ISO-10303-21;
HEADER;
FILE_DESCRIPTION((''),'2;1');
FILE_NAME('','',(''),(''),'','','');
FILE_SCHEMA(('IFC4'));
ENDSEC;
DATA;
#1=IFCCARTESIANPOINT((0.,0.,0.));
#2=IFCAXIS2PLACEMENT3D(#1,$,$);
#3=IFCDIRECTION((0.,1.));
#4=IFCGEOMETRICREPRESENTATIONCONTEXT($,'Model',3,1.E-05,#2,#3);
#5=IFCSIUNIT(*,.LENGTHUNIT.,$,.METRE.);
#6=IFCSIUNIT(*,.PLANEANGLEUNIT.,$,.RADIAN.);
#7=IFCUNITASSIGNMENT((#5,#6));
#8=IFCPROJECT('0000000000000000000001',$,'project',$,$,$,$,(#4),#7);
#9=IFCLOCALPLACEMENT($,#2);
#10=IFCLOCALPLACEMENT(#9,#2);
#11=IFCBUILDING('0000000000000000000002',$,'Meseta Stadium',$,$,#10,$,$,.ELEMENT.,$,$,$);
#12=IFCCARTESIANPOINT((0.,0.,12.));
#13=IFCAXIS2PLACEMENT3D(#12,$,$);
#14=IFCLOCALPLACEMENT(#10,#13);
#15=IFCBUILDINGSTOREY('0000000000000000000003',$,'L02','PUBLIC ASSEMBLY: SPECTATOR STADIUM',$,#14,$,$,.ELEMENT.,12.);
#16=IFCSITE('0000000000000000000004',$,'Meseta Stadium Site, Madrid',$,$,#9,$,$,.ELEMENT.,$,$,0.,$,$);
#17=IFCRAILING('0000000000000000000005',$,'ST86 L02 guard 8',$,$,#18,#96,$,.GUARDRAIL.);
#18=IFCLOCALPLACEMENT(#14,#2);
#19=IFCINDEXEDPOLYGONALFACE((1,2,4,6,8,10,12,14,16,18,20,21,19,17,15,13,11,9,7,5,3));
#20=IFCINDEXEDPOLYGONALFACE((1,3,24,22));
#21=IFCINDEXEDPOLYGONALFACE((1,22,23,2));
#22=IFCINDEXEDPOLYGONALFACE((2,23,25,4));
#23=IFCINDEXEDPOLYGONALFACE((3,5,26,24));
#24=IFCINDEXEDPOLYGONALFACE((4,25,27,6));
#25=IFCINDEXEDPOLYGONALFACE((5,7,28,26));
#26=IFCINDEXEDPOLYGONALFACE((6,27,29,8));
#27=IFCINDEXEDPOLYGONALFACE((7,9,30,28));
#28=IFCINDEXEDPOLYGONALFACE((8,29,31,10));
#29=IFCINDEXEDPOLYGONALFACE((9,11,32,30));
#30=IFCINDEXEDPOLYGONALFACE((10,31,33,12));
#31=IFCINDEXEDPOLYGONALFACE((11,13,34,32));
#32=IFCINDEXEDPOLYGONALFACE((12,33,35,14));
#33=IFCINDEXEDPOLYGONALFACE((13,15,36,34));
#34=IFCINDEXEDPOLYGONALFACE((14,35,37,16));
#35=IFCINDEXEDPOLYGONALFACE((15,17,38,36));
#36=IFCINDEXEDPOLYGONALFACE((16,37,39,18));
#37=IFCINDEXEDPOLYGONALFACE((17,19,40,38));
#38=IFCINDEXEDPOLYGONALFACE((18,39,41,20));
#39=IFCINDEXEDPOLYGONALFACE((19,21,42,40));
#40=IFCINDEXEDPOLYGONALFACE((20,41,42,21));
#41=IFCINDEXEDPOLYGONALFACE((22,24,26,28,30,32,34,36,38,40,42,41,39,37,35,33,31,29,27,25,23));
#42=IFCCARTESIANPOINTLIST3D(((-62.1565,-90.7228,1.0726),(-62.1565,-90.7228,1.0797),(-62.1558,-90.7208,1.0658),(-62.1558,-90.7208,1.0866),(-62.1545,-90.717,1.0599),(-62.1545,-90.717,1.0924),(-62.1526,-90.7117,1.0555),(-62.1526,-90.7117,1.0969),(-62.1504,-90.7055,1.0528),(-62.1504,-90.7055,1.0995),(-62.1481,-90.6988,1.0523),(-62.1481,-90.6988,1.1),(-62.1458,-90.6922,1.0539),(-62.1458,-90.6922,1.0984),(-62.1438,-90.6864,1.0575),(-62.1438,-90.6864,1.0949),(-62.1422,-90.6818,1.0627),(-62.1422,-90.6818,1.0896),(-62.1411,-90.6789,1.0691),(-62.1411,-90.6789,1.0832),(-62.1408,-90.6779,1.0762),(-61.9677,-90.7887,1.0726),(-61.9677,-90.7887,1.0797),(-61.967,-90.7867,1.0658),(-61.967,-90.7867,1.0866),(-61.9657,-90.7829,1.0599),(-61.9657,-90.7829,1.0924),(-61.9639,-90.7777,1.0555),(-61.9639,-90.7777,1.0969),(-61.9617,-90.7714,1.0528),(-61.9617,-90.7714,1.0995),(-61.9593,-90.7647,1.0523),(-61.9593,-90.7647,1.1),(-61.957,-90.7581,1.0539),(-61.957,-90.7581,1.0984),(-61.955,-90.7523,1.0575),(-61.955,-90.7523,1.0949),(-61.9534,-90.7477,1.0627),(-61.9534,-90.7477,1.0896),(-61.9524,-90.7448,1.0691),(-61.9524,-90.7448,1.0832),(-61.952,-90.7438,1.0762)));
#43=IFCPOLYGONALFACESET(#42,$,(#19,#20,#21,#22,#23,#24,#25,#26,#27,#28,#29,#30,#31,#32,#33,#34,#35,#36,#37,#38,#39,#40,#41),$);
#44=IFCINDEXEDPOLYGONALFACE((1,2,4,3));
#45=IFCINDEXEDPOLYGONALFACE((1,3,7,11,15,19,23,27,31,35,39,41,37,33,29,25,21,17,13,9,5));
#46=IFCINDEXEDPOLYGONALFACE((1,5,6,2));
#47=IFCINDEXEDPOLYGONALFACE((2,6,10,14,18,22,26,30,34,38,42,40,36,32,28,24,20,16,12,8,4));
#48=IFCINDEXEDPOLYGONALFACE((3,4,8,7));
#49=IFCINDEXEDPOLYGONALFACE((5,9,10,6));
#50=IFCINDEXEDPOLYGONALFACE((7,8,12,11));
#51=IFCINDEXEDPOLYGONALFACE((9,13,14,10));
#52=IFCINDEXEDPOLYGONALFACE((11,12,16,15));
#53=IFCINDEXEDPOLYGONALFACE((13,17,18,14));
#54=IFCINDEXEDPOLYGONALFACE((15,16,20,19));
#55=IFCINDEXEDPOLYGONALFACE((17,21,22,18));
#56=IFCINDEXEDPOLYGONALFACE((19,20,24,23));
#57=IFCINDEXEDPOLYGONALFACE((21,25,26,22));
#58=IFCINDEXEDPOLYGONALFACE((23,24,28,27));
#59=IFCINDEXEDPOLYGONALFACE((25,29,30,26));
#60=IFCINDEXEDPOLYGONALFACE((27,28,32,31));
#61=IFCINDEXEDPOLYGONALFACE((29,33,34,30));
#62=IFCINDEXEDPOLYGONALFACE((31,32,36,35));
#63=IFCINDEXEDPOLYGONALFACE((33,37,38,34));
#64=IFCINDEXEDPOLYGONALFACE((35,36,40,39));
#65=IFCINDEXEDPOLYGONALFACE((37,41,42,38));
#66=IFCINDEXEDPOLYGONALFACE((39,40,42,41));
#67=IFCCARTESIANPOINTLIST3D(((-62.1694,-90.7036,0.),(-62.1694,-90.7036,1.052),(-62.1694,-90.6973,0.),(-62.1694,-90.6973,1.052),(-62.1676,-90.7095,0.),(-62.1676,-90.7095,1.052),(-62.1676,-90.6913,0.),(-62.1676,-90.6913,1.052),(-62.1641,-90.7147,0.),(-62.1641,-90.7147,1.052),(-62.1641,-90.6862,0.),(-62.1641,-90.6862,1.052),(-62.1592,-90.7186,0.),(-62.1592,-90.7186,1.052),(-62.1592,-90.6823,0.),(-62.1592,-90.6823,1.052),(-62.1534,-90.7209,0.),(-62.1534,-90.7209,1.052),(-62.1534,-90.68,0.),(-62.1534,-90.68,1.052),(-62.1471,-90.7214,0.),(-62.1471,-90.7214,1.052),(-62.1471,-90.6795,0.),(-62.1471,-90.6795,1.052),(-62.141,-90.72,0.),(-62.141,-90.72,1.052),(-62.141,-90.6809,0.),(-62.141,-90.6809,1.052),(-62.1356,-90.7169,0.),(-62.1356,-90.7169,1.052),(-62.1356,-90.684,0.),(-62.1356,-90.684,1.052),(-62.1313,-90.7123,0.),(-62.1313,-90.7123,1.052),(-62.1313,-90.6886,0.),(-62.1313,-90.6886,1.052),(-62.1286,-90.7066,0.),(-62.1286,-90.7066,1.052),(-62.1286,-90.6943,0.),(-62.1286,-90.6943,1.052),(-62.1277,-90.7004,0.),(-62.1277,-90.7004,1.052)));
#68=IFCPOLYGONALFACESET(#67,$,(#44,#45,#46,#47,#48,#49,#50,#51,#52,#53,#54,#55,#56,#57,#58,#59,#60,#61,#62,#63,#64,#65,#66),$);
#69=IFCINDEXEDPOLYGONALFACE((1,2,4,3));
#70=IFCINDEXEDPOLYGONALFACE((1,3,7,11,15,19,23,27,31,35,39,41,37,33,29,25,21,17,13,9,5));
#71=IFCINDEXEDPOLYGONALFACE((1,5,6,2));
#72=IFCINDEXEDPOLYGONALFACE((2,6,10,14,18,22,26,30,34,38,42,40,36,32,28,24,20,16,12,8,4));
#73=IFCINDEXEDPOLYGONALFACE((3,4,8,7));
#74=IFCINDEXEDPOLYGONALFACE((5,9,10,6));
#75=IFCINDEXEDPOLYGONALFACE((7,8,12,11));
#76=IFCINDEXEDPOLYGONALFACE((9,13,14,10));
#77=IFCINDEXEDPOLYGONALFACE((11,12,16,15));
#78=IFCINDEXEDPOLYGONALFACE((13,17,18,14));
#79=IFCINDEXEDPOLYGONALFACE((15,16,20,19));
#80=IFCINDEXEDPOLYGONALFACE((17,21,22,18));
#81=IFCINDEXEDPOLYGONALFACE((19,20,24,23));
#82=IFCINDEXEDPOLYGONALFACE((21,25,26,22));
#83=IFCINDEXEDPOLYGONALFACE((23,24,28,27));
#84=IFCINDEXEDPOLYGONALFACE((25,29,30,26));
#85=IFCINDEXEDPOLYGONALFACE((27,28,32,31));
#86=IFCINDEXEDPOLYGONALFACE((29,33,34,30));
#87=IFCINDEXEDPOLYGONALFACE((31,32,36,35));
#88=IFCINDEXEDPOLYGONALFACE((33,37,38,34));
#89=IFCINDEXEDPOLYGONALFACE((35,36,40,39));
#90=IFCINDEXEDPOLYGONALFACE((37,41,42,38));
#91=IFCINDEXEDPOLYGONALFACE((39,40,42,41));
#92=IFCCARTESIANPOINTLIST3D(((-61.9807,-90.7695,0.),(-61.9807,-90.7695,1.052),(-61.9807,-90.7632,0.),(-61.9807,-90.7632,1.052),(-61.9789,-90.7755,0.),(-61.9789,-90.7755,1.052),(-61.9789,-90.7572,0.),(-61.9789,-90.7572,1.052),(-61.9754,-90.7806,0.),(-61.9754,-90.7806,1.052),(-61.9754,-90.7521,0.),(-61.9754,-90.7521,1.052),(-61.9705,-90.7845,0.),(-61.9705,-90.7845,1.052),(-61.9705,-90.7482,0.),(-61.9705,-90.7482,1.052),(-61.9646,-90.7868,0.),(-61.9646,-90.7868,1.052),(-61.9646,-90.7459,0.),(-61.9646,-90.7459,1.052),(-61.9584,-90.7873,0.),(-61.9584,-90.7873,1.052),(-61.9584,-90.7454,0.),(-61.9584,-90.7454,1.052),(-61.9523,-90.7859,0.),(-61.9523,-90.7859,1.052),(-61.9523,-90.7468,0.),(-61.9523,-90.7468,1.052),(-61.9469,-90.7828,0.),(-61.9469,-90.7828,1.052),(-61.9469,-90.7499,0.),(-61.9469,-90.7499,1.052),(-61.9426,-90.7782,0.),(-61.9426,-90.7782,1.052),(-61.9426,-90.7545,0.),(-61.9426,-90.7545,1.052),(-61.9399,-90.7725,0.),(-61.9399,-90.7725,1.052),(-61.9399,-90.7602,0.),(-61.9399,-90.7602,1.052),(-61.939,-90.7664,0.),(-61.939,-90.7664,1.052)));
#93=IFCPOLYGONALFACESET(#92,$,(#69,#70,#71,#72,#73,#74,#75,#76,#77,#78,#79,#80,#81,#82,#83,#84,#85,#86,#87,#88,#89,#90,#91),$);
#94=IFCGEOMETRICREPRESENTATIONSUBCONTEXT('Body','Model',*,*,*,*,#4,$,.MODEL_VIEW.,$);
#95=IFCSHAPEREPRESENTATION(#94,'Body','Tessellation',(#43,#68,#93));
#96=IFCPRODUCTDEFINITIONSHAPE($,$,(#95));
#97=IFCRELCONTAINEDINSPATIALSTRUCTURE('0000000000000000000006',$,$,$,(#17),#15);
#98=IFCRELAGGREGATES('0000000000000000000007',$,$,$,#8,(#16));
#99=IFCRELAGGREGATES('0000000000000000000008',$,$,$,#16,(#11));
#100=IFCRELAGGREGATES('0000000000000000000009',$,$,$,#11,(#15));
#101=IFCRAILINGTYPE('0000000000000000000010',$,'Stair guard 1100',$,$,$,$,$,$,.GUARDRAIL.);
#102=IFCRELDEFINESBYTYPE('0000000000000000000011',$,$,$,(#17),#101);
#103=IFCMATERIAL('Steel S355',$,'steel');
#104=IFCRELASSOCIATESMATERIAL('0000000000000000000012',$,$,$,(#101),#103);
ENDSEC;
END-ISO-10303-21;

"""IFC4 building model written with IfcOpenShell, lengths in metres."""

from ifc_helpers import new_model, si_unit, direction, frame, origin, origin_2d, place, context, subcontext, project, spatial, circle, extrude, material, type_object, element, save


model = new_model("IFC4")

# Units and contexts
model_context = context("Model", 3, precision=1e-05, world=origin(), true_north=direction((0.0, 1.0)))
body_context = subcontext(model_context, "Body", "Model", "MODEL_VIEW")
ifc_project = project(units=[si_unit("LENGTHUNIT", "METRE"), si_unit("PLANEANGLEUNIT", "RADIAN")], contexts=[model_context])

# Site, building, storey
site_placement = place(None, origin())
site = spatial("IfcSite", under=ifc_project, at=site_placement, Name="Meseta Stadium Site, Madrid", CompositionType="ELEMENT", RefElevation=0.0)
building_placement = place(site_placement, origin())
building = spatial("IfcBuilding", under=site, at=building_placement, Name="Meseta Stadium", CompositionType="ELEMENT")
storey_placement = place(building_placement, frame((0.0, 0.0, 12.0)))
storey = spatial("IfcBuildingStorey", under=building, at=storey_placement, Name="L02", Description="PUBLIC ASSEMBLY: SPECTATOR STADIUM", CompositionType="ELEMENT", Elevation=12.0)

# Railing
ifc_material_1 = material(Name="Steel S355", Category="steel")
railing_type_1 = type_object("IfcRailingType", Name="Stair guard 1100", PredefinedType="GUARDRAIL", material=ifc_material_1)
railing_1_placement = place(storey_placement, frame((-62.1487, -90.7004, 0.0)))
element("IfcRailing", 1, at=railing_1_placement, inside=storey, type_object=railing_type_1, Name="ST86 L02 guard 8", PredefinedType="GUARDRAIL", context=body_context, shape_type="SweptSolid", body=[
    extrude(circle(Radius=0.0239, at=origin_2d()), frame((0.0, 0.0, 1.0762), z_axis=(0.944068, -0.329752, 0.0), x_axis=(0.329752, 0.944068, 0.0)), (0.0, 0.0, 1.0), 0.2),
    extrude(circle(Radius=0.021, at=origin_2d()), origin(), (0.0, 0.0, 1.0), 1.052),
    extrude(circle(Radius=0.021, at=origin_2d()), frame((0.1887, -0.0659, 0.0)), (0.0, 0.0, 1.0), 1.052),
])

save(model, "model.ifc")
